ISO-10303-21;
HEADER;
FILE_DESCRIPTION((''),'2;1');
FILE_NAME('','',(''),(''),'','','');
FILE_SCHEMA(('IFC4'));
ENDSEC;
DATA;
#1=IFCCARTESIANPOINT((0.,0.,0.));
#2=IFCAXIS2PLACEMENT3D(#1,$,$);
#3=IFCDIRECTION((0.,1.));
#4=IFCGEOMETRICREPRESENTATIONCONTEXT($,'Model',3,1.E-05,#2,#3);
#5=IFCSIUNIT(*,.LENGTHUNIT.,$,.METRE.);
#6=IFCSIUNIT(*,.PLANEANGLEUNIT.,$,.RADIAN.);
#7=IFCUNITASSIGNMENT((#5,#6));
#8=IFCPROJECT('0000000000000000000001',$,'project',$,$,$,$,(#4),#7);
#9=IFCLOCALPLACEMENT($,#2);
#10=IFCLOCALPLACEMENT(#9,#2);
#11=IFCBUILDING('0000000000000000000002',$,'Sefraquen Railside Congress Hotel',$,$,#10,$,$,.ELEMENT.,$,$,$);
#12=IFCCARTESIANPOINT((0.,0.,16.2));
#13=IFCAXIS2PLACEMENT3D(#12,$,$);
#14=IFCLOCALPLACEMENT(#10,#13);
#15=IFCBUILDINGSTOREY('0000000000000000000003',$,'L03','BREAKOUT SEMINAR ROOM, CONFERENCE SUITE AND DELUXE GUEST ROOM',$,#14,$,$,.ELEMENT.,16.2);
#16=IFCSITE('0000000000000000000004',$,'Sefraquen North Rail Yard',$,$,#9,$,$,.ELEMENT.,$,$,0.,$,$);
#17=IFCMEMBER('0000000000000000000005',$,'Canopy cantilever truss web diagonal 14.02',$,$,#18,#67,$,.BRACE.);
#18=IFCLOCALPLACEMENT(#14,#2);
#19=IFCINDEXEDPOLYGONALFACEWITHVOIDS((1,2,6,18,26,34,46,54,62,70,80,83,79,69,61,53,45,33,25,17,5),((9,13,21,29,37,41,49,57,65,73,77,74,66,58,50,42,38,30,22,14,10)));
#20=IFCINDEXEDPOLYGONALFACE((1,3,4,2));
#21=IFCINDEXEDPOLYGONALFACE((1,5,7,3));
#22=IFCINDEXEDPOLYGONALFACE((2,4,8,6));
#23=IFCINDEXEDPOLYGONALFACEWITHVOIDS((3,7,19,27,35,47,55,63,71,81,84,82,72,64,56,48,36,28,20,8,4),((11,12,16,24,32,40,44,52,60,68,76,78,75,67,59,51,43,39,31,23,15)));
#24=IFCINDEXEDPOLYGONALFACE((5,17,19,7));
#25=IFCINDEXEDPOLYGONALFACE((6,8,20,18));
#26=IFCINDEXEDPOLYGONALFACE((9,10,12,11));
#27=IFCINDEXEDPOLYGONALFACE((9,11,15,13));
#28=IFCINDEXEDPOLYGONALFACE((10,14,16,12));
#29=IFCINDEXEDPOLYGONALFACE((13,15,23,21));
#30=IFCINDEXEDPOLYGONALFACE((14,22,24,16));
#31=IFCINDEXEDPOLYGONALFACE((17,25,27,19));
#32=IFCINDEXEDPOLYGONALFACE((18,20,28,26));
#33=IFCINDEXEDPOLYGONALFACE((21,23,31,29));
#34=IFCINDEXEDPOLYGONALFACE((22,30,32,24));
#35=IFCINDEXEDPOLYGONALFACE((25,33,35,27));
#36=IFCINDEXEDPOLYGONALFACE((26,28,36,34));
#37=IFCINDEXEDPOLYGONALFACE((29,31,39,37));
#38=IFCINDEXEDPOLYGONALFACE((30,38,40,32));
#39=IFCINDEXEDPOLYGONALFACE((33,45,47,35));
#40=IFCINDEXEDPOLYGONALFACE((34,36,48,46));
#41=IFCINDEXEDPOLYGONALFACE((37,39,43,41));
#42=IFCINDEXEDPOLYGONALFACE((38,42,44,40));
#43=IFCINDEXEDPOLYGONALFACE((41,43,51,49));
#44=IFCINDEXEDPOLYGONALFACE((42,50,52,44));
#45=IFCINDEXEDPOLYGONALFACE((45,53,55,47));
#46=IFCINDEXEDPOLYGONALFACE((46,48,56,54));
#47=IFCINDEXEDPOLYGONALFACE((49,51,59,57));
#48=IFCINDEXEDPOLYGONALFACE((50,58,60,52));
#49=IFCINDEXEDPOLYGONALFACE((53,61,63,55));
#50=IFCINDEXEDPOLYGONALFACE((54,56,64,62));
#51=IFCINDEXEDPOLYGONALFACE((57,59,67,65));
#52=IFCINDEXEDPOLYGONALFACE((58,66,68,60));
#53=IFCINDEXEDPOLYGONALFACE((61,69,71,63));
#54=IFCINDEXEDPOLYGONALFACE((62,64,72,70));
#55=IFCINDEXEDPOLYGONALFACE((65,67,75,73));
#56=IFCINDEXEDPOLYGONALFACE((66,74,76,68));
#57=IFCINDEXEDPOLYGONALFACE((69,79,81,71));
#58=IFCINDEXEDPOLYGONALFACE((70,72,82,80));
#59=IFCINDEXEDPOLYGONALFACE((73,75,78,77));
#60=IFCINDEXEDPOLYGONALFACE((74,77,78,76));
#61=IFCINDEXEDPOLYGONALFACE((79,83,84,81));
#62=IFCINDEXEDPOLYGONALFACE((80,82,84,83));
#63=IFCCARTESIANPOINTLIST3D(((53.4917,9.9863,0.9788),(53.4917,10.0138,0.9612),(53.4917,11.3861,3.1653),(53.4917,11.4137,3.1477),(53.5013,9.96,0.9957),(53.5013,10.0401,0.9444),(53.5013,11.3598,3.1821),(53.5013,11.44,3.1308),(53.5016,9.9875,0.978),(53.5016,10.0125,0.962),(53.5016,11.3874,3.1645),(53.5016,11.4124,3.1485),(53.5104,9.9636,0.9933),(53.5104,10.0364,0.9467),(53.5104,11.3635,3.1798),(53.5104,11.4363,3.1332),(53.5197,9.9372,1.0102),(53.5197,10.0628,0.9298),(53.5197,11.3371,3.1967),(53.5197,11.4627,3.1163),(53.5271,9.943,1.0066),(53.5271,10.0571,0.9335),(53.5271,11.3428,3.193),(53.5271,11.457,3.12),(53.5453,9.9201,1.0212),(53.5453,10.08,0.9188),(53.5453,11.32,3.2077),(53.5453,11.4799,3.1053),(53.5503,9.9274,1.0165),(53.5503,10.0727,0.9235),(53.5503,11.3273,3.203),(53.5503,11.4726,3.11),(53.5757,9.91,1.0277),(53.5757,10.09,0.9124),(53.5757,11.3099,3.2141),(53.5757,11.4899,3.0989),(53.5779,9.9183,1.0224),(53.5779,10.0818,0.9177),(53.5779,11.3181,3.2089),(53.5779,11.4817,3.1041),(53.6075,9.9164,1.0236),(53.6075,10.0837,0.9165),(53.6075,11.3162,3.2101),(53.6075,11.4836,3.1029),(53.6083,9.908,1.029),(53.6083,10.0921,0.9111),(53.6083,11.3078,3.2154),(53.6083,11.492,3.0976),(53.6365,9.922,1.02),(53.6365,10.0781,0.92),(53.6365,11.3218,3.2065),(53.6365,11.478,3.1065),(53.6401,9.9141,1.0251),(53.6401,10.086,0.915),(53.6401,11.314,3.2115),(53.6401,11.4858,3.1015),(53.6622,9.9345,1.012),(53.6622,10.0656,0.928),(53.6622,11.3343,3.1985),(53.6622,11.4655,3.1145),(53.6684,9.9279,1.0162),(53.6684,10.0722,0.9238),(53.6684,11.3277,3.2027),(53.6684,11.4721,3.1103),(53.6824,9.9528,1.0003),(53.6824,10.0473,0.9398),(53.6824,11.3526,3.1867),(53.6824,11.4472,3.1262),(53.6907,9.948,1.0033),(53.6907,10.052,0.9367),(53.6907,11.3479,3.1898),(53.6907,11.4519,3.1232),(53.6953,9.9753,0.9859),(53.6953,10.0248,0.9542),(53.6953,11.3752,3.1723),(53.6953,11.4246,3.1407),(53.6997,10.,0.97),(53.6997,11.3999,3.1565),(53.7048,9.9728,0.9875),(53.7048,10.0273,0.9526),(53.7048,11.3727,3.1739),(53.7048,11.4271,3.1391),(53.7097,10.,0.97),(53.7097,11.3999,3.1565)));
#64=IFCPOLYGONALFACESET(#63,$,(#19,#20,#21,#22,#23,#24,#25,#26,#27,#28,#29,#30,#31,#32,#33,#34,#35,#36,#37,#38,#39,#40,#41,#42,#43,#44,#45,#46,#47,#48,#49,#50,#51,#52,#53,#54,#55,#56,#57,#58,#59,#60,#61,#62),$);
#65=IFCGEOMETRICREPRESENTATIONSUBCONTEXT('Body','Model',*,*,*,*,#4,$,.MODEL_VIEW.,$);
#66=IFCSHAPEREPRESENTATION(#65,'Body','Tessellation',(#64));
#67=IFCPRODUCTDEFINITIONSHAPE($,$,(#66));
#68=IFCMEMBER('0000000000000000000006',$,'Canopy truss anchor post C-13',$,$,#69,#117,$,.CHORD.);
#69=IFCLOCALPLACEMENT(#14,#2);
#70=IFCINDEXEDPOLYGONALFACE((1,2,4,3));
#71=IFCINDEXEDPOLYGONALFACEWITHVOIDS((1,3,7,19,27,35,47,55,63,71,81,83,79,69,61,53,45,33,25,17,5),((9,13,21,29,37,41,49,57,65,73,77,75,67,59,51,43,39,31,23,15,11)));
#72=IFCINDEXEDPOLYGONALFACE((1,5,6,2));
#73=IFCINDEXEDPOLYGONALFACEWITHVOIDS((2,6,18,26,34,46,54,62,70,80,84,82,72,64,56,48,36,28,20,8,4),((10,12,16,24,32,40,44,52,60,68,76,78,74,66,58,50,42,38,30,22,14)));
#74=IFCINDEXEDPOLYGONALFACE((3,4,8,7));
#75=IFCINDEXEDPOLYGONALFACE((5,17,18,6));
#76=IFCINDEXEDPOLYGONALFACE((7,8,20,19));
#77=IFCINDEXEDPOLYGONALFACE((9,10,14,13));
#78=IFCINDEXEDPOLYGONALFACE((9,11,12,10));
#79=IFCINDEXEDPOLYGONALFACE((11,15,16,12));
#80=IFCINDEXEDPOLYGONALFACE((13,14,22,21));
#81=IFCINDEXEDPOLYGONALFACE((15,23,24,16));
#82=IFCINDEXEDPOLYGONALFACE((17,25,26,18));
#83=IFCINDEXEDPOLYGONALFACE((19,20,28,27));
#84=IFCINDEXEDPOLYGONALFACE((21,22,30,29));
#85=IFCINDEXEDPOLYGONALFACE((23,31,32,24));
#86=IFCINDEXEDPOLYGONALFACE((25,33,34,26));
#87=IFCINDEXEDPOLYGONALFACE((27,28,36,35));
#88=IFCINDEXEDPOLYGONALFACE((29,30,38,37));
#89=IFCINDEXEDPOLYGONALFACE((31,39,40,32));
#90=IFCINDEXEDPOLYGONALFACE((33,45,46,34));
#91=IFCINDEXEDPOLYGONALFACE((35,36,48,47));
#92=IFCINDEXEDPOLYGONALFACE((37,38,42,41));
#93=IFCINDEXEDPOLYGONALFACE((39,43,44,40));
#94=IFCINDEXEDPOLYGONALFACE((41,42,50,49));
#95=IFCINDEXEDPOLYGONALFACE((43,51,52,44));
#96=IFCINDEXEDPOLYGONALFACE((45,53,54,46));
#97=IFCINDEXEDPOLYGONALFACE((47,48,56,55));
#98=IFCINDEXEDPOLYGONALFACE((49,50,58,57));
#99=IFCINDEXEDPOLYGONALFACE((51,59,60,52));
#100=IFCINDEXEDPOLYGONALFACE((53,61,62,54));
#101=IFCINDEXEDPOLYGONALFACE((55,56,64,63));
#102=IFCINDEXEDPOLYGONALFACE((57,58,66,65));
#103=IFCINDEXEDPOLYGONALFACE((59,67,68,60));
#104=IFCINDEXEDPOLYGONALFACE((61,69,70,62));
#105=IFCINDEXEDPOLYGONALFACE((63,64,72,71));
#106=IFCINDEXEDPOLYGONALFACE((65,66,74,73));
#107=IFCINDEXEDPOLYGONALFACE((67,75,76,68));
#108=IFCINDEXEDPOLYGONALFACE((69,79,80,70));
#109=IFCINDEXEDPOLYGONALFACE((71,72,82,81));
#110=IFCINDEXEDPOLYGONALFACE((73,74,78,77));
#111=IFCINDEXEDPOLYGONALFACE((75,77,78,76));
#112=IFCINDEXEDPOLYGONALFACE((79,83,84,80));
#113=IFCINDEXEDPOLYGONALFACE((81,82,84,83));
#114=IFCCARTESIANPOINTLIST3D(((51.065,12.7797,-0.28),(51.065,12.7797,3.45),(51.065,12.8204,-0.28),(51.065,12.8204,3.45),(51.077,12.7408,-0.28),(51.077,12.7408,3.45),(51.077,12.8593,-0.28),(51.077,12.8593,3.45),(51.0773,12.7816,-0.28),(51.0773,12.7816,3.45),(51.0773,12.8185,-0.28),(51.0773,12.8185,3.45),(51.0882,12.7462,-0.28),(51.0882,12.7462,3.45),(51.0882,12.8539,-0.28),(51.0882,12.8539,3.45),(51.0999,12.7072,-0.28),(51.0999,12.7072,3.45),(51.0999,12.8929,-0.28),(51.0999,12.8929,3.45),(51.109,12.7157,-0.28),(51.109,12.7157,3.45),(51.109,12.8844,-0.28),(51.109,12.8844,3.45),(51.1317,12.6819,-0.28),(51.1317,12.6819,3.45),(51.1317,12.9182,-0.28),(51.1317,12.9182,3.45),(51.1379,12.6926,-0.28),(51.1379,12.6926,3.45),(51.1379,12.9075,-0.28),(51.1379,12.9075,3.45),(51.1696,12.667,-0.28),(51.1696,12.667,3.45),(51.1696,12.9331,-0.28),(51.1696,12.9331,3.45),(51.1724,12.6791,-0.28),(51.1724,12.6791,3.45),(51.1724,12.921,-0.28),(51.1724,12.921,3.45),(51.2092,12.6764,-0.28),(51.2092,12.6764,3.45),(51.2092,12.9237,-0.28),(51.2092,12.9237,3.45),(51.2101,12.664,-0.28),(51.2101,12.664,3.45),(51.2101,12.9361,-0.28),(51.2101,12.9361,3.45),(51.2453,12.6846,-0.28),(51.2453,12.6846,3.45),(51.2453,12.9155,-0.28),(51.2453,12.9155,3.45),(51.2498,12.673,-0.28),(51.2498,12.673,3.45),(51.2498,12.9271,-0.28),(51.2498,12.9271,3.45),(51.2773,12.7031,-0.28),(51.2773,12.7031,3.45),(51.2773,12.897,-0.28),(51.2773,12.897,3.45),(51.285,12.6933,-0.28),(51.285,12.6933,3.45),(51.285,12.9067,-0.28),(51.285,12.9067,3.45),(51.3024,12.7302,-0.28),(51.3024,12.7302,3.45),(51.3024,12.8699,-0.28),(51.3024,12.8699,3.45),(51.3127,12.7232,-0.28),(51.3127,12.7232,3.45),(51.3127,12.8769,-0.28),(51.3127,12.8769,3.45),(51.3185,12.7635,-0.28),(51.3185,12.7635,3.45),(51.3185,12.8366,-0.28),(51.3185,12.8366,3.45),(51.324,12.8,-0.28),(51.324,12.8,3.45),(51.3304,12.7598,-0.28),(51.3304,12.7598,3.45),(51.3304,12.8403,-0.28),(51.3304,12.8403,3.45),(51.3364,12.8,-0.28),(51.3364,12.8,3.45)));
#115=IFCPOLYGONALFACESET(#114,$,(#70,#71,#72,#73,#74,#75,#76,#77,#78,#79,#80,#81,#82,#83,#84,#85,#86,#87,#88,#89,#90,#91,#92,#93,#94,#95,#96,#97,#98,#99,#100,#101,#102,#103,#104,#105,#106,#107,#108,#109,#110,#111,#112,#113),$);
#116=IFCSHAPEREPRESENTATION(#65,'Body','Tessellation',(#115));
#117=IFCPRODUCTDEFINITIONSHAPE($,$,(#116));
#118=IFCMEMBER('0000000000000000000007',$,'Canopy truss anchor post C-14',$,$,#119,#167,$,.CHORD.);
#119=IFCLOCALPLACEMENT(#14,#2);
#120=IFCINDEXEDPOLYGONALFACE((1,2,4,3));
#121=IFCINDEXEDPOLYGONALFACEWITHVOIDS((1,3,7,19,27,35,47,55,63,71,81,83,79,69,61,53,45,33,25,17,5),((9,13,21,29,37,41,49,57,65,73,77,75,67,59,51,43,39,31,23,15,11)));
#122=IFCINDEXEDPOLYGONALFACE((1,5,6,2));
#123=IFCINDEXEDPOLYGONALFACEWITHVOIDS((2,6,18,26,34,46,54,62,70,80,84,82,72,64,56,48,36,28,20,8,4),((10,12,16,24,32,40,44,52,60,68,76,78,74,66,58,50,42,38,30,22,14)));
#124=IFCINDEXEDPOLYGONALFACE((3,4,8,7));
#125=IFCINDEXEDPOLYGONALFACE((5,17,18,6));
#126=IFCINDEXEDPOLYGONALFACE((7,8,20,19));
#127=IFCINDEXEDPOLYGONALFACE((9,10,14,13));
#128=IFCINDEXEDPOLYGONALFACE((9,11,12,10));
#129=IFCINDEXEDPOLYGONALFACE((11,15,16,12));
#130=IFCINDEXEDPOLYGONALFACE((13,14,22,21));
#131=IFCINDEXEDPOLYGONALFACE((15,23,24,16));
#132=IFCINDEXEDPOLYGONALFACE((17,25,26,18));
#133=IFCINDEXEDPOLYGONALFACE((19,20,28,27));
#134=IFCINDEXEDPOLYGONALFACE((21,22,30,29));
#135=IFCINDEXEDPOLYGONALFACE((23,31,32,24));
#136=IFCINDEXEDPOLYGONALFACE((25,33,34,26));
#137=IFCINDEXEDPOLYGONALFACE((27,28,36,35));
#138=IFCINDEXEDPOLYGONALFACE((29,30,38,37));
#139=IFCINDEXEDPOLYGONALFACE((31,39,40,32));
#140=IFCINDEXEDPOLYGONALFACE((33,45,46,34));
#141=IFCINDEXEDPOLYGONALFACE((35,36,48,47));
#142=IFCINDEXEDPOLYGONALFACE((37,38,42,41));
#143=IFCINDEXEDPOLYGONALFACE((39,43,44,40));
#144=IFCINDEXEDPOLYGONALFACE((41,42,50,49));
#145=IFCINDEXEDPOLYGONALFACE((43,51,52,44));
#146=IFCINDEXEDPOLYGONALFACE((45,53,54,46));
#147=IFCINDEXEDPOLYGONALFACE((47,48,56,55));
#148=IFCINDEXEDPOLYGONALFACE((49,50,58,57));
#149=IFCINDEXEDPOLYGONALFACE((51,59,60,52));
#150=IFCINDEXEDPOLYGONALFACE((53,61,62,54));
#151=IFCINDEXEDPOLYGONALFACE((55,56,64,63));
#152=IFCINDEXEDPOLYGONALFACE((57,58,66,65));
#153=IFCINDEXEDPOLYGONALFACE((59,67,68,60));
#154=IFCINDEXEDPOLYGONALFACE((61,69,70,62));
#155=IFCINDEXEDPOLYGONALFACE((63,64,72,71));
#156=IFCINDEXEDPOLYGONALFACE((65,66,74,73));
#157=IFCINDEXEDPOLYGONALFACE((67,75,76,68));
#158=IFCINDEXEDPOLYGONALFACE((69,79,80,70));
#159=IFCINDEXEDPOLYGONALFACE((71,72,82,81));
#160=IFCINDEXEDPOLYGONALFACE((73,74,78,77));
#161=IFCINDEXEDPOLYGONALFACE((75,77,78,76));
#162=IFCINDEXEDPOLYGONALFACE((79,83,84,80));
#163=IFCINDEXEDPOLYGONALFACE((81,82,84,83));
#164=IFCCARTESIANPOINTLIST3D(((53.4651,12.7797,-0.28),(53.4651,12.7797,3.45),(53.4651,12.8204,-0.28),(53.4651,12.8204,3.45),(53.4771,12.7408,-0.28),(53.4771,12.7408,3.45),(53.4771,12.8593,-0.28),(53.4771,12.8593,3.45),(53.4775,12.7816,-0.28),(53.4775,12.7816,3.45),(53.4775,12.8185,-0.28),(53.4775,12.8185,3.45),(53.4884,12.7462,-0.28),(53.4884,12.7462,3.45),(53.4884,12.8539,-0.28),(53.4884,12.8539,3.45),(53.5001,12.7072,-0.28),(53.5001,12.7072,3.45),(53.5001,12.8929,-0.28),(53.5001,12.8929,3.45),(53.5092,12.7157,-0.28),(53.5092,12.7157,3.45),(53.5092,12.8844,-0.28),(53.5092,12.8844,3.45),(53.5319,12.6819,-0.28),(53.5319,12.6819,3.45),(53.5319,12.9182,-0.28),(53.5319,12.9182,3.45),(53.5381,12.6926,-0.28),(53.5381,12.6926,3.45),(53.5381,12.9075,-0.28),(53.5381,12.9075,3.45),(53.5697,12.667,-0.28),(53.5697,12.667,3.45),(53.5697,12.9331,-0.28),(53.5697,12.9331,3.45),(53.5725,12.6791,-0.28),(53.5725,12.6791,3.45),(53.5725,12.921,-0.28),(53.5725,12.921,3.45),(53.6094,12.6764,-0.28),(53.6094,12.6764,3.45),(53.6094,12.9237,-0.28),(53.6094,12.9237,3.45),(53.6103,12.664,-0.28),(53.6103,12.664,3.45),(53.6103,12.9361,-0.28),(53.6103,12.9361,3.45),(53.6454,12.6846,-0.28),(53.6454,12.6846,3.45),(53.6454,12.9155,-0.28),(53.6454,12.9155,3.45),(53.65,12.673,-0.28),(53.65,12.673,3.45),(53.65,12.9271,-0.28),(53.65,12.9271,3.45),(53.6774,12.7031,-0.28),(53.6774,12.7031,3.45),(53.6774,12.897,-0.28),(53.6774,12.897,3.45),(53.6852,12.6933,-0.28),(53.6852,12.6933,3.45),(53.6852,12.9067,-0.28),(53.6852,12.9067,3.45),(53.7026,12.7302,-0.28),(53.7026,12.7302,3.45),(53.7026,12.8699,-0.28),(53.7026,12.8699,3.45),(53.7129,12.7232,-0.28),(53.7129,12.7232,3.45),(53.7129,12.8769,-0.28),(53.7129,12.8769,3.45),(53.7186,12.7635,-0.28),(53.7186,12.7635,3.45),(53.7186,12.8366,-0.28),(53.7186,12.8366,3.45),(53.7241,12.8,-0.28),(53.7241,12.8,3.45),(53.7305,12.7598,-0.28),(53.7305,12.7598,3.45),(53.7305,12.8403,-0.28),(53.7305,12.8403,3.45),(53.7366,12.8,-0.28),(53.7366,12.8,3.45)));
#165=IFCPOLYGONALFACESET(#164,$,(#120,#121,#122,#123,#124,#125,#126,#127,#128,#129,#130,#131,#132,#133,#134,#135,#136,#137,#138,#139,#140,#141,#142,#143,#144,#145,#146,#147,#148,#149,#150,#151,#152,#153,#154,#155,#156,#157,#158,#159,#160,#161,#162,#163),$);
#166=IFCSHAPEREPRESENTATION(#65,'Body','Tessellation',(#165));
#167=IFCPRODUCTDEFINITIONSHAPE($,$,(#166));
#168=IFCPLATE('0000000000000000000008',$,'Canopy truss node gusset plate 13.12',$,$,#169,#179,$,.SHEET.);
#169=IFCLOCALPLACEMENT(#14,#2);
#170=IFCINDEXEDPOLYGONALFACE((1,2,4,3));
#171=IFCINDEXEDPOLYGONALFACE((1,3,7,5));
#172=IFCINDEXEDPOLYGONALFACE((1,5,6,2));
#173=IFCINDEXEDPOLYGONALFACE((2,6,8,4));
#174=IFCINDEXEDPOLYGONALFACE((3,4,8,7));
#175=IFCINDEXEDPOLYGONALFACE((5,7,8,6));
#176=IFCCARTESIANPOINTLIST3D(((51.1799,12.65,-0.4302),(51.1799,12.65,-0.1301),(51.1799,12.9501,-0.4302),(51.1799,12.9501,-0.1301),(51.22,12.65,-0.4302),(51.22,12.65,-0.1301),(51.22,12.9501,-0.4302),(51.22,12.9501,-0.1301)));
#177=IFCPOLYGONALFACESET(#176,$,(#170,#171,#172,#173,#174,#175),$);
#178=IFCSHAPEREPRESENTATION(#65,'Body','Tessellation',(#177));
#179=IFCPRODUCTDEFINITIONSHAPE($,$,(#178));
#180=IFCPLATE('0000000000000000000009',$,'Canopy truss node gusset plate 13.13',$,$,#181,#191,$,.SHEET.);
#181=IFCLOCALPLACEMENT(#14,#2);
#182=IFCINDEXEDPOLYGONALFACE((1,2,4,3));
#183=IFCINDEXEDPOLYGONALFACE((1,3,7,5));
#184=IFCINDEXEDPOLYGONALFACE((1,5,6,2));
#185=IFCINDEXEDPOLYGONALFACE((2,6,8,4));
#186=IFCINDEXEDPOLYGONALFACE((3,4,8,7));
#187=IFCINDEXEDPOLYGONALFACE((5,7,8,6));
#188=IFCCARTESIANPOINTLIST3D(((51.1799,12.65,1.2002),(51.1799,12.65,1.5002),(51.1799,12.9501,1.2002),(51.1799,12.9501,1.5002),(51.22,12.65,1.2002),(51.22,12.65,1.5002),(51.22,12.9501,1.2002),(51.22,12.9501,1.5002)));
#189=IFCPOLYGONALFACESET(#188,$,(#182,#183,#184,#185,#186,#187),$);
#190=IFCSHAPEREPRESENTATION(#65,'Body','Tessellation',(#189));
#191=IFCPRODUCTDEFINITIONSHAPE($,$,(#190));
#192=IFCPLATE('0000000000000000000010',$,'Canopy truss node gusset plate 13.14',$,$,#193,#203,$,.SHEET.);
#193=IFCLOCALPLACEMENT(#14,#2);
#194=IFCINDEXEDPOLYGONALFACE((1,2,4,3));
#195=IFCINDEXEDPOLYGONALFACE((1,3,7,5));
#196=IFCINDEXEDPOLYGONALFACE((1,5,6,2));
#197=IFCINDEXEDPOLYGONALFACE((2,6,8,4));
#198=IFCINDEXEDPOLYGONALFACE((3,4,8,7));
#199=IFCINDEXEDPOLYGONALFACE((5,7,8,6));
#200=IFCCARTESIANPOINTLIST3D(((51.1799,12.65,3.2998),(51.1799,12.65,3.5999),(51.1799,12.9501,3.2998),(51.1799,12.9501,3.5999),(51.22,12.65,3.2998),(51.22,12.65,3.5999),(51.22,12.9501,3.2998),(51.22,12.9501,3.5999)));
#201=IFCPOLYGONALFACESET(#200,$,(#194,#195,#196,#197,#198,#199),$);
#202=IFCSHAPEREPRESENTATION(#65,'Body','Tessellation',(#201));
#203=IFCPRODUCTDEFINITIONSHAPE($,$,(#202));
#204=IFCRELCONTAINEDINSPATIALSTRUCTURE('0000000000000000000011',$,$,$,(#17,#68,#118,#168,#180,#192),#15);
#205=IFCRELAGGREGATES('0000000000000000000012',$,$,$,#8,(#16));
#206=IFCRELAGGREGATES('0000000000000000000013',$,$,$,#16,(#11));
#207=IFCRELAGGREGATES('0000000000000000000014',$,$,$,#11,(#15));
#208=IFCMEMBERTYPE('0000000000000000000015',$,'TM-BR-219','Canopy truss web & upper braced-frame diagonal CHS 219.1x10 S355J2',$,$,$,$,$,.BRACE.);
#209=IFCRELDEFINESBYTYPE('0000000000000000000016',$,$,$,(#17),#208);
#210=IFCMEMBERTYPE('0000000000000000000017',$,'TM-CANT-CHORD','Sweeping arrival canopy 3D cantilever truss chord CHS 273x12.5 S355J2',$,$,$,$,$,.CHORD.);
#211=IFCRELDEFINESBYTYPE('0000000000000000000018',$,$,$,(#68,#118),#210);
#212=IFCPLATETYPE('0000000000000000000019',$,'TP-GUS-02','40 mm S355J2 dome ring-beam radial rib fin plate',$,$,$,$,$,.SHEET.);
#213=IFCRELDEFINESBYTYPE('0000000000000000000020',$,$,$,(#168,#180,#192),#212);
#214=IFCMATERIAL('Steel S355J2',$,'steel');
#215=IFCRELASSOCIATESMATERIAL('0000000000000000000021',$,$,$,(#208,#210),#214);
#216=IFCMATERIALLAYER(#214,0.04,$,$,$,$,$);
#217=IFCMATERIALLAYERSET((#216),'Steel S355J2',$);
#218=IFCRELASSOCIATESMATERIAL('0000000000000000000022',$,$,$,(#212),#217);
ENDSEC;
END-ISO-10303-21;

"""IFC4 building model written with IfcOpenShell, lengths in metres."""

from ifc_helpers import new_model, si_unit, direction, frame, origin, origin_2d, place, context, subcontext, project, spatial, rectangle, hollow_circle, extrude, material, layer, layer_set, material_profile, profile_set, type_object, element, save


model = new_model("IFC4")

# Units and contexts
model_context = context("Model", 3, precision=1e-05, world=origin(), true_north=direction((0.0, 1.0)))
body_context = subcontext(model_context, "Body", "Model", "MODEL_VIEW")
ifc_project = project(units=[si_unit("LENGTHUNIT", "METRE"), si_unit("PLANEANGLEUNIT", "RADIAN")], contexts=[model_context])

# Site, building, storey
site_placement = place(None, origin())
site = spatial("IfcSite", under=ifc_project, at=site_placement, Name="Sefraquen North Rail Yard", CompositionType="ELEMENT", RefElevation=0.0)
building_placement = place(site_placement, origin())
building = spatial("IfcBuilding", under=site, at=building_placement, Name="Sefraquen Railside Congress Hotel", CompositionType="ELEMENT")
storey_placement = place(building_placement, frame((0.0, 0.0, 16.2)))
storey = spatial("IfcBuildingStorey", under=building, at=storey_placement, Name="L03", Description="BREAKOUT SEMINAR ROOM, CONFERENCE SUITE AND DELUXE GUEST ROOM", CompositionType="ELEMENT", Elevation=16.2)

# Shared definitions
ifc_material_1 = material(Name="Steel S355J2", Category="steel")

# Members
ifc_material_profile_1 = material_profile(ifc_material_1, hollow_circle(Radius=0.1096, WallThickness=0.01, at=origin_2d()), Name="CHS 219.1x10")
ifc_profile_set_1 = profile_set([ifc_material_profile_1], Name="Steel S355J2")
member_type_1 = type_object("IfcMemberType", Name="TM-BR-219", Description="Canopy truss web & upper braced-frame diagonal CHS 219.1x10 S355J2", PredefinedType="BRACE", material=ifc_profile_set_1)
member_1_placement = place(storey_placement, frame((53.6001, 11.3999, 3.1565), z_axis=(0.0, -0.539198, -0.842179), x_axis=(1.0, 0.0, 0.0)))
element("IfcMember", 1, at=member_1_placement, inside=storey, type_object=member_type_1, Name="Canopy cantilever truss web diagonal 14.02", PredefinedType="BRACE", context=body_context, shape_type="SweptSolid", body=[
    extrude(hollow_circle(Radius=0.1096, WallThickness=0.01, at=origin_2d()), origin(), (0.0, 0.0, 1.0), 2.5962),
])
ifc_material_profile_2 = material_profile(ifc_material_1, hollow_circle(Radius=0.1365, WallThickness=0.0125, at=origin_2d()), Name="CHS 273x12.5")
ifc_profile_set_2 = profile_set([ifc_material_profile_2], Name="Steel S355J2")
member_type_2 = type_object("IfcMemberType", Name="TM-CANT-CHORD", Description="Sweeping arrival canopy 3D cantilever truss chord CHS 273x12.5 S355J2", PredefinedType="CHORD", material=ifc_profile_set_2)
for number, where, z_axis, x_axis, name in (
    (2, (51.2, 12.8, -0.28), (0.0, 0.0, 1.0), (1.0, 0.0, 0.0), "Canopy truss anchor post C-13"),
    (3, (53.6001, 12.8, -0.28), (0.0, 0.0, 1.0), (1.0, 0.0, 0.0), "Canopy truss anchor post C-14"),
):
    element("IfcMember", number, at=place(storey_placement, frame(where, z_axis=z_axis, x_axis=x_axis)), inside=storey, type_object=member_type_2, Name=name, PredefinedType="CHORD", context=body_context, shape_type="SweptSolid", body=[
        extrude(hollow_circle(Radius=0.1365, WallThickness=0.0125, at=origin_2d()), origin(), (0.0, 0.0, 1.0), 3.73),
    ])

# Plates
ifc_layer_1 = layer(ifc_material_1, 0.04)
ifc_layer_set_1 = layer_set([ifc_layer_1], Name="Steel S355J2")
plate_type = type_object("IfcPlateType", Name="TP-GUS-02", Description="40 mm S355J2 dome ring-beam radial rib fin plate", PredefinedType="SHEET", material=ifc_layer_set_1)
for number, where, z_axis, x_axis, name in (
    (4, (51.2, 12.8, -0.4302), (0.0, 0.0, 1.0), (1.0, 0.0, 0.0), "Canopy truss node gusset plate 13.12"),
    (5, (51.2, 12.8, 1.2002), (0.0, 0.0, 1.0), (1.0, 0.0, 0.0), "Canopy truss node gusset plate 13.13"),
    (6, (51.2, 12.8, 3.2998), (0.0, 0.0, 1.0), (1.0, 0.0, 0.0), "Canopy truss node gusset plate 13.14"),
):
    element("IfcPlate", number, at=place(storey_placement, frame(where, z_axis=z_axis, x_axis=x_axis)), inside=storey, type_object=plate_type, Name=name, PredefinedType="SHEET", context=body_context, shape_type="SweptSolid", body=[
        extrude(rectangle(XDim=0.04, YDim=0.3, at=origin_2d()), origin(), (0.0, 0.0, 1.0), 0.3),
    ])

save(model, "model.ifc")
